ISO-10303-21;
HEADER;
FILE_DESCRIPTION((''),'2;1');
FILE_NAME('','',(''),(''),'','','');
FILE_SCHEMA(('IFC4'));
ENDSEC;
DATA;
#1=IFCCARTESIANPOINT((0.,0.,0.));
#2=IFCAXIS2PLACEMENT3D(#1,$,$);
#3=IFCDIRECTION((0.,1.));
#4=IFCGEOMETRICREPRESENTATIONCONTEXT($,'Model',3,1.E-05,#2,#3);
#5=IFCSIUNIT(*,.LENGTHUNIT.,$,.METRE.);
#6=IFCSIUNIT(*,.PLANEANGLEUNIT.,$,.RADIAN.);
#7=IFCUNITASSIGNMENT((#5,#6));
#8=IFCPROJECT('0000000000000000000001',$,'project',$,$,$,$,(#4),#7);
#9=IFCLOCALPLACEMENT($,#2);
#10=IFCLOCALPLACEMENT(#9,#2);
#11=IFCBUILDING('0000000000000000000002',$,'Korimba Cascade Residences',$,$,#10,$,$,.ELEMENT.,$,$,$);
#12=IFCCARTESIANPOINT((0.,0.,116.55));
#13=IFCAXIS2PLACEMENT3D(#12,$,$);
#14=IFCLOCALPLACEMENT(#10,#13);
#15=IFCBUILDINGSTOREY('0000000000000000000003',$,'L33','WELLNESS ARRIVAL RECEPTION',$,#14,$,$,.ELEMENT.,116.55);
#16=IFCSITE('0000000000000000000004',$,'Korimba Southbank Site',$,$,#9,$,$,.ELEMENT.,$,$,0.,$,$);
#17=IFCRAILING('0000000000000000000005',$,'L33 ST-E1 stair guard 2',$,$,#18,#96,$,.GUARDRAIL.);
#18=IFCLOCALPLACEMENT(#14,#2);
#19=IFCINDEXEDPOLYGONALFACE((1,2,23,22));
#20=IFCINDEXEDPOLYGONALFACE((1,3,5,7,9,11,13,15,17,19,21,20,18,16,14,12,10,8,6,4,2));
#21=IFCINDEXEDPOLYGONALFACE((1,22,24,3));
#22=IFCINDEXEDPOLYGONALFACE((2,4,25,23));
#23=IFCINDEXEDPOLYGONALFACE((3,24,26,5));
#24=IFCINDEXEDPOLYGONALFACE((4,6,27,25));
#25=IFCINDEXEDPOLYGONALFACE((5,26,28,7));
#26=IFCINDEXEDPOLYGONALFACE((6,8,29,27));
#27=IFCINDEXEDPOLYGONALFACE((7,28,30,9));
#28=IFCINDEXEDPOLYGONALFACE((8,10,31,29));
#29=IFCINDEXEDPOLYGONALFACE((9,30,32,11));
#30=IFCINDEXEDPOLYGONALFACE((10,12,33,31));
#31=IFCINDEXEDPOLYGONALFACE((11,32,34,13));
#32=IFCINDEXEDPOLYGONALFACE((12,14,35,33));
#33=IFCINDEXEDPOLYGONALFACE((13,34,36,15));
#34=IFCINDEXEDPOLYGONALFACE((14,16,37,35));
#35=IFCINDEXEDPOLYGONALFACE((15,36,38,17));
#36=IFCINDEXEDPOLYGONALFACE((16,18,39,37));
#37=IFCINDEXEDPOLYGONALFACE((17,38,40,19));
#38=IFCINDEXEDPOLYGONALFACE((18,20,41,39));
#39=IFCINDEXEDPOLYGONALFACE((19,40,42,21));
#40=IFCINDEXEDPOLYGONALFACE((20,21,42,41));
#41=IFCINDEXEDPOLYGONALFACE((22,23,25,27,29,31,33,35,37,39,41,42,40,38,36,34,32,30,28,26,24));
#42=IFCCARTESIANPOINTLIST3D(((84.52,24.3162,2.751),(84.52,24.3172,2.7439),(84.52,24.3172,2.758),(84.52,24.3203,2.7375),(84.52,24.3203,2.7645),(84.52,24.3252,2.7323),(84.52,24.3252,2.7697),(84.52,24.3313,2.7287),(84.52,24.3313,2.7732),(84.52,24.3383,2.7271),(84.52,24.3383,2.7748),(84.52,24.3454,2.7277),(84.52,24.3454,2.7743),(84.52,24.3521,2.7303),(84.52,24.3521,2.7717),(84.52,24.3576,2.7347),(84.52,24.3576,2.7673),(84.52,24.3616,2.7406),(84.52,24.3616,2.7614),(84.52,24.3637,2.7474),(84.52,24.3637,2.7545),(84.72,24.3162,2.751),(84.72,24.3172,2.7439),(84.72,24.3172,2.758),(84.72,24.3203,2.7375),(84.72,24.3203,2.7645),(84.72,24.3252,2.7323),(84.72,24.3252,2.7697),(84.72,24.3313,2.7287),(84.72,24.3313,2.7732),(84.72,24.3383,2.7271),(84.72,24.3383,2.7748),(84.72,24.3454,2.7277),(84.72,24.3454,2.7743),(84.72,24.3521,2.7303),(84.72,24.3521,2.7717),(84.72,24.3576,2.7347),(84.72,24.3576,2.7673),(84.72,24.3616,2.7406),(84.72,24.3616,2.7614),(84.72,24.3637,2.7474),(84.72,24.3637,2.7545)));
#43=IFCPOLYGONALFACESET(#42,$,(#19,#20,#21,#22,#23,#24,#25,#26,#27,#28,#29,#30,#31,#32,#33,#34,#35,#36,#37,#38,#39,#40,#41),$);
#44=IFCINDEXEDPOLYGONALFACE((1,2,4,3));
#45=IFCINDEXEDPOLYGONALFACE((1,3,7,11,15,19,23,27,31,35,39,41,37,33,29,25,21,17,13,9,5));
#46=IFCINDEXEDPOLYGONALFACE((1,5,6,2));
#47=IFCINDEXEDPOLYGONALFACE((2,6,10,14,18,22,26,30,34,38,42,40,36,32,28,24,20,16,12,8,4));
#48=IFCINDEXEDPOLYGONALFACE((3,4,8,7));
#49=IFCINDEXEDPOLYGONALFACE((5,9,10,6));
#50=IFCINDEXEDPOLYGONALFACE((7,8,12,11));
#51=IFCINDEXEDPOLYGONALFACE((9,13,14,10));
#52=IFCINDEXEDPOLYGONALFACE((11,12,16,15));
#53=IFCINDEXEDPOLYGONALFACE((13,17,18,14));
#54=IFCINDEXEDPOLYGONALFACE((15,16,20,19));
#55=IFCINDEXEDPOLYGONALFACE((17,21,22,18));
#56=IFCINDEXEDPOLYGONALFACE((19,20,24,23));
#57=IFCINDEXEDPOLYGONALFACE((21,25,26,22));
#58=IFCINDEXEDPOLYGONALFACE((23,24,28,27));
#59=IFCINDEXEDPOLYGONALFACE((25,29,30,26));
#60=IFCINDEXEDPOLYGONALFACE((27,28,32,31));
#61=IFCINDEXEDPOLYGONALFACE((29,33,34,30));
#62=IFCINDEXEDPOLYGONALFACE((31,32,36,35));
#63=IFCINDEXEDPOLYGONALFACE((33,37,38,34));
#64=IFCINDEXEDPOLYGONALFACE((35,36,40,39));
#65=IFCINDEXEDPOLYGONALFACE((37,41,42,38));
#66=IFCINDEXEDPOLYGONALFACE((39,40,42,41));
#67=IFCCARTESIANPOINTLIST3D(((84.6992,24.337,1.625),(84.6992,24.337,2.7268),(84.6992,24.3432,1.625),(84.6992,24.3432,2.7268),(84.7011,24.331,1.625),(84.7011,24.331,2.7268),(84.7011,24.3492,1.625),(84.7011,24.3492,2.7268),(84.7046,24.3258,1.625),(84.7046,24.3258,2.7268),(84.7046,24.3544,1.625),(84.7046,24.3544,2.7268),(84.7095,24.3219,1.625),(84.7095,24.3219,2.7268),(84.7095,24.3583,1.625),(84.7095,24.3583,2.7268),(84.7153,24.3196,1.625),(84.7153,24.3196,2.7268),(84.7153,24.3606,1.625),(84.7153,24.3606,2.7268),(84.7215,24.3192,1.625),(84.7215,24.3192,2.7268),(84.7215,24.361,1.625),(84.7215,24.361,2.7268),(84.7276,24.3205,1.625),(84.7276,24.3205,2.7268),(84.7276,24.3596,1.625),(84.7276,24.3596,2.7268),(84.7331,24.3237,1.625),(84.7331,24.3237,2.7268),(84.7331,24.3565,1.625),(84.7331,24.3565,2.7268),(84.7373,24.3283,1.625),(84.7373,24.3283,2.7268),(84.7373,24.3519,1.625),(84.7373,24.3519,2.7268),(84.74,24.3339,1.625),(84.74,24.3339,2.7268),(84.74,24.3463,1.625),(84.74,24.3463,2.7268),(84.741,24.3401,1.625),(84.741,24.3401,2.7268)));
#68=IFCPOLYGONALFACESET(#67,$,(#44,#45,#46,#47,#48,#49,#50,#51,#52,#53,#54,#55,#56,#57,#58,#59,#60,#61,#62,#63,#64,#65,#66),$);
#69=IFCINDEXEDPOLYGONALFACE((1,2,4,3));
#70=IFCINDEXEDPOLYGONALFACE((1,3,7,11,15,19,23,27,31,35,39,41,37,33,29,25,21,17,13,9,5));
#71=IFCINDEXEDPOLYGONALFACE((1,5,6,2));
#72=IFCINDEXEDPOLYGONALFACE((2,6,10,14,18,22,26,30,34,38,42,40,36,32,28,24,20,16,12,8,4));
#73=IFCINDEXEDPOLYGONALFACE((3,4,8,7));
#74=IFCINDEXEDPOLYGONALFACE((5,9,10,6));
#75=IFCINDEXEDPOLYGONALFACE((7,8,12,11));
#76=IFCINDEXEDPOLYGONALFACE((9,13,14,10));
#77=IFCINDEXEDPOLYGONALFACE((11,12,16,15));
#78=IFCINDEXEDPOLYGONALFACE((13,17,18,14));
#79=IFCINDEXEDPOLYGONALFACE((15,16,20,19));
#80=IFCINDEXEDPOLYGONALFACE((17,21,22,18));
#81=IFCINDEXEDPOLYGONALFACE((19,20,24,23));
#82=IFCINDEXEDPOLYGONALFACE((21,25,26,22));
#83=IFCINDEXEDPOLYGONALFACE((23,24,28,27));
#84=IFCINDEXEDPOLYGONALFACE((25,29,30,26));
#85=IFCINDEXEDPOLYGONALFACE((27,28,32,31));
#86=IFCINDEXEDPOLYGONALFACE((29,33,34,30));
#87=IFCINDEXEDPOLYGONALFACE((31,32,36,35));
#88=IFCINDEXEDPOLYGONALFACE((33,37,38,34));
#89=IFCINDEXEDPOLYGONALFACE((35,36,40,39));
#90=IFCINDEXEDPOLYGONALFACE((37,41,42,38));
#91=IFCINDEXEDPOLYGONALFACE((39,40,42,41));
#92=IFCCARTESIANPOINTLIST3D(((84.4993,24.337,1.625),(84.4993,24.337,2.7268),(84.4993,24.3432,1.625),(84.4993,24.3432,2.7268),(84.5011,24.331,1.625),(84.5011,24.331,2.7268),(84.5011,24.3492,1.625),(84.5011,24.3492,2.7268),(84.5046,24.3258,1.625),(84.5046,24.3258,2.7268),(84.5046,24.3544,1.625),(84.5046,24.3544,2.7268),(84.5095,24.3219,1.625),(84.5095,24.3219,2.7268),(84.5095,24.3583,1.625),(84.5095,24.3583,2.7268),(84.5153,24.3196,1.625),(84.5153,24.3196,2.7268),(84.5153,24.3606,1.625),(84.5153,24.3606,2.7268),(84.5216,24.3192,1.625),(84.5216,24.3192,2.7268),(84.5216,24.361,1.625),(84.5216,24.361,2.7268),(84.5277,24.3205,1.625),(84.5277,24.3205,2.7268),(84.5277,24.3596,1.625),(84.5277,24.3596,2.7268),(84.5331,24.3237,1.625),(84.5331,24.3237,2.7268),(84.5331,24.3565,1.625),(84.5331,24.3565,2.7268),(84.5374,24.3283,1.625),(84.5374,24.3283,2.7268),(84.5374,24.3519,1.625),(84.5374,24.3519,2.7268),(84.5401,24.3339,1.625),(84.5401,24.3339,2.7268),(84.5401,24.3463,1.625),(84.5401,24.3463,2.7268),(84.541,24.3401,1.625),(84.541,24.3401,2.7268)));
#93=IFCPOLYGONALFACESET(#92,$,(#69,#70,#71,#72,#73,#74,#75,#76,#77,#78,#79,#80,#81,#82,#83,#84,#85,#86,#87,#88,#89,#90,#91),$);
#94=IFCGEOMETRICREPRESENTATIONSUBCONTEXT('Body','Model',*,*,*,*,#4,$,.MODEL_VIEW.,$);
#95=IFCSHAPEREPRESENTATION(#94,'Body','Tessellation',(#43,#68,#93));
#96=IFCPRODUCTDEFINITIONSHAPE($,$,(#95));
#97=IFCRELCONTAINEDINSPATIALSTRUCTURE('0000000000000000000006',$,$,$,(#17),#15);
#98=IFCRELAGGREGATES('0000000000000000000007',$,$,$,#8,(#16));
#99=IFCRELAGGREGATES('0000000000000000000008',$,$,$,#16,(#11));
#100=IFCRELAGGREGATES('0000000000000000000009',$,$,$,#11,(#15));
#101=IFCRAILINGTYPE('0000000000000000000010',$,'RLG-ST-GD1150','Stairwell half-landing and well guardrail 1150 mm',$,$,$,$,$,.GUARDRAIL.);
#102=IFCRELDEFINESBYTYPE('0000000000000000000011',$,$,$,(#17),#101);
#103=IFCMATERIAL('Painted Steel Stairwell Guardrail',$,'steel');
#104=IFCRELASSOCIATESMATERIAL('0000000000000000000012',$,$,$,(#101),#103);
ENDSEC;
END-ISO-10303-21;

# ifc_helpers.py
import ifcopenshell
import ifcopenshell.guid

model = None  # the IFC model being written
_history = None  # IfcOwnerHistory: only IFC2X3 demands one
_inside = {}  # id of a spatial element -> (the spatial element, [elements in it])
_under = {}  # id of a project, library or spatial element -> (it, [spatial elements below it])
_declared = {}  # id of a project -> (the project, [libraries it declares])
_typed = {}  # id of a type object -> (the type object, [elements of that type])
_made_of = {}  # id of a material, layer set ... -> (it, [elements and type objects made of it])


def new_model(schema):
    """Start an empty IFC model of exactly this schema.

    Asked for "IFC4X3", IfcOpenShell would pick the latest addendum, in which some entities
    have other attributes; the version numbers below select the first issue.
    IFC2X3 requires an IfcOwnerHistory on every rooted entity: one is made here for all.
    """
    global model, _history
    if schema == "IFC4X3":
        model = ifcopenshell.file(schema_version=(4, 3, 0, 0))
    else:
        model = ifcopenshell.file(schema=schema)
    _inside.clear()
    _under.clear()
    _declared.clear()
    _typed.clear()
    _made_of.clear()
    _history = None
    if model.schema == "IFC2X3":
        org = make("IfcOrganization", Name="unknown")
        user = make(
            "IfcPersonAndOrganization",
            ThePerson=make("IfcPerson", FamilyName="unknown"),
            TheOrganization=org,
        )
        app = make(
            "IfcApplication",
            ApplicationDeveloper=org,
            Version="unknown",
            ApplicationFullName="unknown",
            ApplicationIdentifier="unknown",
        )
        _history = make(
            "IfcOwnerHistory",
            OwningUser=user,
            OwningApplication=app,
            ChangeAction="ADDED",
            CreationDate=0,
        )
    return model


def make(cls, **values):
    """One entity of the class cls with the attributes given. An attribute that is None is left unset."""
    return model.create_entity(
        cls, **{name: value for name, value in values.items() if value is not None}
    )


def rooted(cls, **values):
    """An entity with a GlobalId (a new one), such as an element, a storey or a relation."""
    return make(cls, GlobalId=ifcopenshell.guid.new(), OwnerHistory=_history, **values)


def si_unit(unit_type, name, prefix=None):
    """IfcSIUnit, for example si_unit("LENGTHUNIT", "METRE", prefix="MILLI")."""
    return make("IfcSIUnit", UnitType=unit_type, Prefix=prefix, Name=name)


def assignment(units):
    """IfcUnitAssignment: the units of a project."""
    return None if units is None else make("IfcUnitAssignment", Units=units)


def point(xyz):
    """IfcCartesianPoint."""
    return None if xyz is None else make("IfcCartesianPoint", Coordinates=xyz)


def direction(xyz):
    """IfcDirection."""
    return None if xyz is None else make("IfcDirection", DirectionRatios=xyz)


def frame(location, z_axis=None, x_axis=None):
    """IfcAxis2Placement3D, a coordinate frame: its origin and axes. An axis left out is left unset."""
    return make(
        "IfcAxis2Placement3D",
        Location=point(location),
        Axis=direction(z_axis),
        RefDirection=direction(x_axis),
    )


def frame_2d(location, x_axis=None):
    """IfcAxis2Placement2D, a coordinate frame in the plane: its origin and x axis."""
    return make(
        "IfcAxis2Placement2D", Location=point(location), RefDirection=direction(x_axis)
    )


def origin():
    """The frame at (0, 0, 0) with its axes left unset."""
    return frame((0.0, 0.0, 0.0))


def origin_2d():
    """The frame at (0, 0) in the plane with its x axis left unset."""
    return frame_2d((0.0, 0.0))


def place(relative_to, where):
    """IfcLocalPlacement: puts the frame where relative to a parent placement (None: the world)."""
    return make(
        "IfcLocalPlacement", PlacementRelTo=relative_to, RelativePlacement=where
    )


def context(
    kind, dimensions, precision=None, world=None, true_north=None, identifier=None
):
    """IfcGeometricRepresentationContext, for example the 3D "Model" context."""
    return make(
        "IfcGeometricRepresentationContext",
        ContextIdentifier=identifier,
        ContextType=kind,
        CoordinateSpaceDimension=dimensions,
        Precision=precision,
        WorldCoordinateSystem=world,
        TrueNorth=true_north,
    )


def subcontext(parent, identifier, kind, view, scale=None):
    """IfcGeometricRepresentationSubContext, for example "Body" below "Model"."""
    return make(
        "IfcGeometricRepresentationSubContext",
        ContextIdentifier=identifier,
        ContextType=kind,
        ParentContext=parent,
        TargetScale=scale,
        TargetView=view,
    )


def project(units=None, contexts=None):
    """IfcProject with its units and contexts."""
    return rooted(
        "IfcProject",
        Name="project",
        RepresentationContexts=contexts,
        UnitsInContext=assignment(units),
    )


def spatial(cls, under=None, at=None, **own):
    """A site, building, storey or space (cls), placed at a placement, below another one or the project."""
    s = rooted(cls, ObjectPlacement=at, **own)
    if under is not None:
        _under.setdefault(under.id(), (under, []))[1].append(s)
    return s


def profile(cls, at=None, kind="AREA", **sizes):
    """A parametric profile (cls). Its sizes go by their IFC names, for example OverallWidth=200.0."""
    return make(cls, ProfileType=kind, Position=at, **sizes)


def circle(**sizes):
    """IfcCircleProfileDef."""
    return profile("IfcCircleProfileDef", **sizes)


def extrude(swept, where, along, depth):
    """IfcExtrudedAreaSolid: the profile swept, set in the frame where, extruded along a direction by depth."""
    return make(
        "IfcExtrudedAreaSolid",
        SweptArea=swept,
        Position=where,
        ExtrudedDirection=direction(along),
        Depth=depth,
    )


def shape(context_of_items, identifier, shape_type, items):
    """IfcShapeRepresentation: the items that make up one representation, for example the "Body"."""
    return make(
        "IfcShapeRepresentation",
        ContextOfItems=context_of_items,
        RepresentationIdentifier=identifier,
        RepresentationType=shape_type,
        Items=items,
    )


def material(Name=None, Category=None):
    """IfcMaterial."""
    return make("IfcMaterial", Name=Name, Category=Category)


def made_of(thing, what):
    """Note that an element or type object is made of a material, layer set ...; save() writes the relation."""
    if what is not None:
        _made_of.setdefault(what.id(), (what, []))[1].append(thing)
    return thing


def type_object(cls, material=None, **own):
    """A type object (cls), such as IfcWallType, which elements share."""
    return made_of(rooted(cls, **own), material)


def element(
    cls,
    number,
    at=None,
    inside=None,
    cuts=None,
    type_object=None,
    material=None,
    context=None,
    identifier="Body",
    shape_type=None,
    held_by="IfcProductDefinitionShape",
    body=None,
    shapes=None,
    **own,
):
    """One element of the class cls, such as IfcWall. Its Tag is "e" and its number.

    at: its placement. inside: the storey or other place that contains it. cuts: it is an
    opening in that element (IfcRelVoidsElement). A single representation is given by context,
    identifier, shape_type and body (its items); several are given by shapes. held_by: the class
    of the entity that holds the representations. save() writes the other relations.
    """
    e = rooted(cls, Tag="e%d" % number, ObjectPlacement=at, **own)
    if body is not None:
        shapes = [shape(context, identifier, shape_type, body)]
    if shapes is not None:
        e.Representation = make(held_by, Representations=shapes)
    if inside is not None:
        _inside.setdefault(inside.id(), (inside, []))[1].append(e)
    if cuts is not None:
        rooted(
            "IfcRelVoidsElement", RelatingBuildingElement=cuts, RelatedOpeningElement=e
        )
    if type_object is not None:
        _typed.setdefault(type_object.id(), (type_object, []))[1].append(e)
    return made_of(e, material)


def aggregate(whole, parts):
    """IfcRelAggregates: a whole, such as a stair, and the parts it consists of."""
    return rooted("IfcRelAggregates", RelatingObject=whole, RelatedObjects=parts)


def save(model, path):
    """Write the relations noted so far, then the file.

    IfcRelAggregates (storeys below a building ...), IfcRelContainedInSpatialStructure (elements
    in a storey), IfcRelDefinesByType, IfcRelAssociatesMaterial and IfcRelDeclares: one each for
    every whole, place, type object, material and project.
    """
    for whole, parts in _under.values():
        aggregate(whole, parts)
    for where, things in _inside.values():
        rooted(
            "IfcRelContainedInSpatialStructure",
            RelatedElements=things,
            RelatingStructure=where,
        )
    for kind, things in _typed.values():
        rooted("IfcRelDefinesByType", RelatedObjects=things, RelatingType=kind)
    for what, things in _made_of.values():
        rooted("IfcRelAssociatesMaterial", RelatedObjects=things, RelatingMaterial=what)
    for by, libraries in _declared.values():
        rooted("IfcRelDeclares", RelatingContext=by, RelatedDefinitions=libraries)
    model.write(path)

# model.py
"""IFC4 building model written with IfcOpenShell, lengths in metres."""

from ifc_helpers import new_model, si_unit, direction, frame, origin, origin_2d, place, context, subcontext, project, spatial, circle, extrude, material, type_object, element, save


model = new_model("IFC4")

# Units and contexts
model_context = context("Model", 3, precision=1e-05, world=origin(), true_north=direction((0.0, 1.0)))
body_context = subcontext(model_context, "Body", "Model", "MODEL_VIEW")
ifc_project = project(units=[si_unit("LENGTHUNIT", "METRE"), si_unit("PLANEANGLEUNIT", "RADIAN")], contexts=[model_context])

# Site, building, storey
site_placement = place(None, origin())
site = spatial("IfcSite", under=ifc_project, at=site_placement, Name="Korimba Southbank Site", CompositionType="ELEMENT", RefElevation=0.0)
building_placement = place(site_placement, origin())
building = spatial("IfcBuilding", under=site, at=building_placement, Name="Korimba Cascade Residences", CompositionType="ELEMENT")
storey_placement = place(building_placement, frame((0.0, 0.0, 116.55)))
storey = spatial("IfcBuildingStorey", under=building, at=storey_placement, Name="L33", Description="WELLNESS ARRIVAL RECEPTION", CompositionType="ELEMENT", Elevation=116.55)

# Railing
ifc_material_1 = material(Name="Painted Steel Stairwell Guardrail", Category="steel")
railing_type_1 = type_object("IfcRailingType", Name="RLG-ST-GD1150", Description="Stairwell half-landing and well guardrail 1150 mm", PredefinedType="GUARDRAIL", material=ifc_material_1)
railing_1_placement = place(storey_placement, frame((84.72, 24.3401, 1.625)))
element("IfcRailing", 1, at=railing_1_placement, inside=storey, type_object=railing_type_1, Name="L33 ST-E1 stair guard 2", PredefinedType="GUARDRAIL", context=body_context, shape_type="SweptSolid", body=[
    extrude(circle(Radius=0.0239, at=origin_2d()), frame((0.0, 0.0, 1.126), z_axis=(-1.0, 0.0, 0.0), x_axis=(0.0, -1.0, 0.0)), (0.0, 0.0, 1.0), 0.2),
    extrude(circle(Radius=0.021, at=origin_2d()), origin(), (0.0, 0.0, 1.0), 1.1018),
    extrude(circle(Radius=0.021, at=origin_2d()), frame((-0.2, 0.0, 0.0)), (0.0, 0.0, 1.0), 1.1018),
])

save(model, "model.ifc")
